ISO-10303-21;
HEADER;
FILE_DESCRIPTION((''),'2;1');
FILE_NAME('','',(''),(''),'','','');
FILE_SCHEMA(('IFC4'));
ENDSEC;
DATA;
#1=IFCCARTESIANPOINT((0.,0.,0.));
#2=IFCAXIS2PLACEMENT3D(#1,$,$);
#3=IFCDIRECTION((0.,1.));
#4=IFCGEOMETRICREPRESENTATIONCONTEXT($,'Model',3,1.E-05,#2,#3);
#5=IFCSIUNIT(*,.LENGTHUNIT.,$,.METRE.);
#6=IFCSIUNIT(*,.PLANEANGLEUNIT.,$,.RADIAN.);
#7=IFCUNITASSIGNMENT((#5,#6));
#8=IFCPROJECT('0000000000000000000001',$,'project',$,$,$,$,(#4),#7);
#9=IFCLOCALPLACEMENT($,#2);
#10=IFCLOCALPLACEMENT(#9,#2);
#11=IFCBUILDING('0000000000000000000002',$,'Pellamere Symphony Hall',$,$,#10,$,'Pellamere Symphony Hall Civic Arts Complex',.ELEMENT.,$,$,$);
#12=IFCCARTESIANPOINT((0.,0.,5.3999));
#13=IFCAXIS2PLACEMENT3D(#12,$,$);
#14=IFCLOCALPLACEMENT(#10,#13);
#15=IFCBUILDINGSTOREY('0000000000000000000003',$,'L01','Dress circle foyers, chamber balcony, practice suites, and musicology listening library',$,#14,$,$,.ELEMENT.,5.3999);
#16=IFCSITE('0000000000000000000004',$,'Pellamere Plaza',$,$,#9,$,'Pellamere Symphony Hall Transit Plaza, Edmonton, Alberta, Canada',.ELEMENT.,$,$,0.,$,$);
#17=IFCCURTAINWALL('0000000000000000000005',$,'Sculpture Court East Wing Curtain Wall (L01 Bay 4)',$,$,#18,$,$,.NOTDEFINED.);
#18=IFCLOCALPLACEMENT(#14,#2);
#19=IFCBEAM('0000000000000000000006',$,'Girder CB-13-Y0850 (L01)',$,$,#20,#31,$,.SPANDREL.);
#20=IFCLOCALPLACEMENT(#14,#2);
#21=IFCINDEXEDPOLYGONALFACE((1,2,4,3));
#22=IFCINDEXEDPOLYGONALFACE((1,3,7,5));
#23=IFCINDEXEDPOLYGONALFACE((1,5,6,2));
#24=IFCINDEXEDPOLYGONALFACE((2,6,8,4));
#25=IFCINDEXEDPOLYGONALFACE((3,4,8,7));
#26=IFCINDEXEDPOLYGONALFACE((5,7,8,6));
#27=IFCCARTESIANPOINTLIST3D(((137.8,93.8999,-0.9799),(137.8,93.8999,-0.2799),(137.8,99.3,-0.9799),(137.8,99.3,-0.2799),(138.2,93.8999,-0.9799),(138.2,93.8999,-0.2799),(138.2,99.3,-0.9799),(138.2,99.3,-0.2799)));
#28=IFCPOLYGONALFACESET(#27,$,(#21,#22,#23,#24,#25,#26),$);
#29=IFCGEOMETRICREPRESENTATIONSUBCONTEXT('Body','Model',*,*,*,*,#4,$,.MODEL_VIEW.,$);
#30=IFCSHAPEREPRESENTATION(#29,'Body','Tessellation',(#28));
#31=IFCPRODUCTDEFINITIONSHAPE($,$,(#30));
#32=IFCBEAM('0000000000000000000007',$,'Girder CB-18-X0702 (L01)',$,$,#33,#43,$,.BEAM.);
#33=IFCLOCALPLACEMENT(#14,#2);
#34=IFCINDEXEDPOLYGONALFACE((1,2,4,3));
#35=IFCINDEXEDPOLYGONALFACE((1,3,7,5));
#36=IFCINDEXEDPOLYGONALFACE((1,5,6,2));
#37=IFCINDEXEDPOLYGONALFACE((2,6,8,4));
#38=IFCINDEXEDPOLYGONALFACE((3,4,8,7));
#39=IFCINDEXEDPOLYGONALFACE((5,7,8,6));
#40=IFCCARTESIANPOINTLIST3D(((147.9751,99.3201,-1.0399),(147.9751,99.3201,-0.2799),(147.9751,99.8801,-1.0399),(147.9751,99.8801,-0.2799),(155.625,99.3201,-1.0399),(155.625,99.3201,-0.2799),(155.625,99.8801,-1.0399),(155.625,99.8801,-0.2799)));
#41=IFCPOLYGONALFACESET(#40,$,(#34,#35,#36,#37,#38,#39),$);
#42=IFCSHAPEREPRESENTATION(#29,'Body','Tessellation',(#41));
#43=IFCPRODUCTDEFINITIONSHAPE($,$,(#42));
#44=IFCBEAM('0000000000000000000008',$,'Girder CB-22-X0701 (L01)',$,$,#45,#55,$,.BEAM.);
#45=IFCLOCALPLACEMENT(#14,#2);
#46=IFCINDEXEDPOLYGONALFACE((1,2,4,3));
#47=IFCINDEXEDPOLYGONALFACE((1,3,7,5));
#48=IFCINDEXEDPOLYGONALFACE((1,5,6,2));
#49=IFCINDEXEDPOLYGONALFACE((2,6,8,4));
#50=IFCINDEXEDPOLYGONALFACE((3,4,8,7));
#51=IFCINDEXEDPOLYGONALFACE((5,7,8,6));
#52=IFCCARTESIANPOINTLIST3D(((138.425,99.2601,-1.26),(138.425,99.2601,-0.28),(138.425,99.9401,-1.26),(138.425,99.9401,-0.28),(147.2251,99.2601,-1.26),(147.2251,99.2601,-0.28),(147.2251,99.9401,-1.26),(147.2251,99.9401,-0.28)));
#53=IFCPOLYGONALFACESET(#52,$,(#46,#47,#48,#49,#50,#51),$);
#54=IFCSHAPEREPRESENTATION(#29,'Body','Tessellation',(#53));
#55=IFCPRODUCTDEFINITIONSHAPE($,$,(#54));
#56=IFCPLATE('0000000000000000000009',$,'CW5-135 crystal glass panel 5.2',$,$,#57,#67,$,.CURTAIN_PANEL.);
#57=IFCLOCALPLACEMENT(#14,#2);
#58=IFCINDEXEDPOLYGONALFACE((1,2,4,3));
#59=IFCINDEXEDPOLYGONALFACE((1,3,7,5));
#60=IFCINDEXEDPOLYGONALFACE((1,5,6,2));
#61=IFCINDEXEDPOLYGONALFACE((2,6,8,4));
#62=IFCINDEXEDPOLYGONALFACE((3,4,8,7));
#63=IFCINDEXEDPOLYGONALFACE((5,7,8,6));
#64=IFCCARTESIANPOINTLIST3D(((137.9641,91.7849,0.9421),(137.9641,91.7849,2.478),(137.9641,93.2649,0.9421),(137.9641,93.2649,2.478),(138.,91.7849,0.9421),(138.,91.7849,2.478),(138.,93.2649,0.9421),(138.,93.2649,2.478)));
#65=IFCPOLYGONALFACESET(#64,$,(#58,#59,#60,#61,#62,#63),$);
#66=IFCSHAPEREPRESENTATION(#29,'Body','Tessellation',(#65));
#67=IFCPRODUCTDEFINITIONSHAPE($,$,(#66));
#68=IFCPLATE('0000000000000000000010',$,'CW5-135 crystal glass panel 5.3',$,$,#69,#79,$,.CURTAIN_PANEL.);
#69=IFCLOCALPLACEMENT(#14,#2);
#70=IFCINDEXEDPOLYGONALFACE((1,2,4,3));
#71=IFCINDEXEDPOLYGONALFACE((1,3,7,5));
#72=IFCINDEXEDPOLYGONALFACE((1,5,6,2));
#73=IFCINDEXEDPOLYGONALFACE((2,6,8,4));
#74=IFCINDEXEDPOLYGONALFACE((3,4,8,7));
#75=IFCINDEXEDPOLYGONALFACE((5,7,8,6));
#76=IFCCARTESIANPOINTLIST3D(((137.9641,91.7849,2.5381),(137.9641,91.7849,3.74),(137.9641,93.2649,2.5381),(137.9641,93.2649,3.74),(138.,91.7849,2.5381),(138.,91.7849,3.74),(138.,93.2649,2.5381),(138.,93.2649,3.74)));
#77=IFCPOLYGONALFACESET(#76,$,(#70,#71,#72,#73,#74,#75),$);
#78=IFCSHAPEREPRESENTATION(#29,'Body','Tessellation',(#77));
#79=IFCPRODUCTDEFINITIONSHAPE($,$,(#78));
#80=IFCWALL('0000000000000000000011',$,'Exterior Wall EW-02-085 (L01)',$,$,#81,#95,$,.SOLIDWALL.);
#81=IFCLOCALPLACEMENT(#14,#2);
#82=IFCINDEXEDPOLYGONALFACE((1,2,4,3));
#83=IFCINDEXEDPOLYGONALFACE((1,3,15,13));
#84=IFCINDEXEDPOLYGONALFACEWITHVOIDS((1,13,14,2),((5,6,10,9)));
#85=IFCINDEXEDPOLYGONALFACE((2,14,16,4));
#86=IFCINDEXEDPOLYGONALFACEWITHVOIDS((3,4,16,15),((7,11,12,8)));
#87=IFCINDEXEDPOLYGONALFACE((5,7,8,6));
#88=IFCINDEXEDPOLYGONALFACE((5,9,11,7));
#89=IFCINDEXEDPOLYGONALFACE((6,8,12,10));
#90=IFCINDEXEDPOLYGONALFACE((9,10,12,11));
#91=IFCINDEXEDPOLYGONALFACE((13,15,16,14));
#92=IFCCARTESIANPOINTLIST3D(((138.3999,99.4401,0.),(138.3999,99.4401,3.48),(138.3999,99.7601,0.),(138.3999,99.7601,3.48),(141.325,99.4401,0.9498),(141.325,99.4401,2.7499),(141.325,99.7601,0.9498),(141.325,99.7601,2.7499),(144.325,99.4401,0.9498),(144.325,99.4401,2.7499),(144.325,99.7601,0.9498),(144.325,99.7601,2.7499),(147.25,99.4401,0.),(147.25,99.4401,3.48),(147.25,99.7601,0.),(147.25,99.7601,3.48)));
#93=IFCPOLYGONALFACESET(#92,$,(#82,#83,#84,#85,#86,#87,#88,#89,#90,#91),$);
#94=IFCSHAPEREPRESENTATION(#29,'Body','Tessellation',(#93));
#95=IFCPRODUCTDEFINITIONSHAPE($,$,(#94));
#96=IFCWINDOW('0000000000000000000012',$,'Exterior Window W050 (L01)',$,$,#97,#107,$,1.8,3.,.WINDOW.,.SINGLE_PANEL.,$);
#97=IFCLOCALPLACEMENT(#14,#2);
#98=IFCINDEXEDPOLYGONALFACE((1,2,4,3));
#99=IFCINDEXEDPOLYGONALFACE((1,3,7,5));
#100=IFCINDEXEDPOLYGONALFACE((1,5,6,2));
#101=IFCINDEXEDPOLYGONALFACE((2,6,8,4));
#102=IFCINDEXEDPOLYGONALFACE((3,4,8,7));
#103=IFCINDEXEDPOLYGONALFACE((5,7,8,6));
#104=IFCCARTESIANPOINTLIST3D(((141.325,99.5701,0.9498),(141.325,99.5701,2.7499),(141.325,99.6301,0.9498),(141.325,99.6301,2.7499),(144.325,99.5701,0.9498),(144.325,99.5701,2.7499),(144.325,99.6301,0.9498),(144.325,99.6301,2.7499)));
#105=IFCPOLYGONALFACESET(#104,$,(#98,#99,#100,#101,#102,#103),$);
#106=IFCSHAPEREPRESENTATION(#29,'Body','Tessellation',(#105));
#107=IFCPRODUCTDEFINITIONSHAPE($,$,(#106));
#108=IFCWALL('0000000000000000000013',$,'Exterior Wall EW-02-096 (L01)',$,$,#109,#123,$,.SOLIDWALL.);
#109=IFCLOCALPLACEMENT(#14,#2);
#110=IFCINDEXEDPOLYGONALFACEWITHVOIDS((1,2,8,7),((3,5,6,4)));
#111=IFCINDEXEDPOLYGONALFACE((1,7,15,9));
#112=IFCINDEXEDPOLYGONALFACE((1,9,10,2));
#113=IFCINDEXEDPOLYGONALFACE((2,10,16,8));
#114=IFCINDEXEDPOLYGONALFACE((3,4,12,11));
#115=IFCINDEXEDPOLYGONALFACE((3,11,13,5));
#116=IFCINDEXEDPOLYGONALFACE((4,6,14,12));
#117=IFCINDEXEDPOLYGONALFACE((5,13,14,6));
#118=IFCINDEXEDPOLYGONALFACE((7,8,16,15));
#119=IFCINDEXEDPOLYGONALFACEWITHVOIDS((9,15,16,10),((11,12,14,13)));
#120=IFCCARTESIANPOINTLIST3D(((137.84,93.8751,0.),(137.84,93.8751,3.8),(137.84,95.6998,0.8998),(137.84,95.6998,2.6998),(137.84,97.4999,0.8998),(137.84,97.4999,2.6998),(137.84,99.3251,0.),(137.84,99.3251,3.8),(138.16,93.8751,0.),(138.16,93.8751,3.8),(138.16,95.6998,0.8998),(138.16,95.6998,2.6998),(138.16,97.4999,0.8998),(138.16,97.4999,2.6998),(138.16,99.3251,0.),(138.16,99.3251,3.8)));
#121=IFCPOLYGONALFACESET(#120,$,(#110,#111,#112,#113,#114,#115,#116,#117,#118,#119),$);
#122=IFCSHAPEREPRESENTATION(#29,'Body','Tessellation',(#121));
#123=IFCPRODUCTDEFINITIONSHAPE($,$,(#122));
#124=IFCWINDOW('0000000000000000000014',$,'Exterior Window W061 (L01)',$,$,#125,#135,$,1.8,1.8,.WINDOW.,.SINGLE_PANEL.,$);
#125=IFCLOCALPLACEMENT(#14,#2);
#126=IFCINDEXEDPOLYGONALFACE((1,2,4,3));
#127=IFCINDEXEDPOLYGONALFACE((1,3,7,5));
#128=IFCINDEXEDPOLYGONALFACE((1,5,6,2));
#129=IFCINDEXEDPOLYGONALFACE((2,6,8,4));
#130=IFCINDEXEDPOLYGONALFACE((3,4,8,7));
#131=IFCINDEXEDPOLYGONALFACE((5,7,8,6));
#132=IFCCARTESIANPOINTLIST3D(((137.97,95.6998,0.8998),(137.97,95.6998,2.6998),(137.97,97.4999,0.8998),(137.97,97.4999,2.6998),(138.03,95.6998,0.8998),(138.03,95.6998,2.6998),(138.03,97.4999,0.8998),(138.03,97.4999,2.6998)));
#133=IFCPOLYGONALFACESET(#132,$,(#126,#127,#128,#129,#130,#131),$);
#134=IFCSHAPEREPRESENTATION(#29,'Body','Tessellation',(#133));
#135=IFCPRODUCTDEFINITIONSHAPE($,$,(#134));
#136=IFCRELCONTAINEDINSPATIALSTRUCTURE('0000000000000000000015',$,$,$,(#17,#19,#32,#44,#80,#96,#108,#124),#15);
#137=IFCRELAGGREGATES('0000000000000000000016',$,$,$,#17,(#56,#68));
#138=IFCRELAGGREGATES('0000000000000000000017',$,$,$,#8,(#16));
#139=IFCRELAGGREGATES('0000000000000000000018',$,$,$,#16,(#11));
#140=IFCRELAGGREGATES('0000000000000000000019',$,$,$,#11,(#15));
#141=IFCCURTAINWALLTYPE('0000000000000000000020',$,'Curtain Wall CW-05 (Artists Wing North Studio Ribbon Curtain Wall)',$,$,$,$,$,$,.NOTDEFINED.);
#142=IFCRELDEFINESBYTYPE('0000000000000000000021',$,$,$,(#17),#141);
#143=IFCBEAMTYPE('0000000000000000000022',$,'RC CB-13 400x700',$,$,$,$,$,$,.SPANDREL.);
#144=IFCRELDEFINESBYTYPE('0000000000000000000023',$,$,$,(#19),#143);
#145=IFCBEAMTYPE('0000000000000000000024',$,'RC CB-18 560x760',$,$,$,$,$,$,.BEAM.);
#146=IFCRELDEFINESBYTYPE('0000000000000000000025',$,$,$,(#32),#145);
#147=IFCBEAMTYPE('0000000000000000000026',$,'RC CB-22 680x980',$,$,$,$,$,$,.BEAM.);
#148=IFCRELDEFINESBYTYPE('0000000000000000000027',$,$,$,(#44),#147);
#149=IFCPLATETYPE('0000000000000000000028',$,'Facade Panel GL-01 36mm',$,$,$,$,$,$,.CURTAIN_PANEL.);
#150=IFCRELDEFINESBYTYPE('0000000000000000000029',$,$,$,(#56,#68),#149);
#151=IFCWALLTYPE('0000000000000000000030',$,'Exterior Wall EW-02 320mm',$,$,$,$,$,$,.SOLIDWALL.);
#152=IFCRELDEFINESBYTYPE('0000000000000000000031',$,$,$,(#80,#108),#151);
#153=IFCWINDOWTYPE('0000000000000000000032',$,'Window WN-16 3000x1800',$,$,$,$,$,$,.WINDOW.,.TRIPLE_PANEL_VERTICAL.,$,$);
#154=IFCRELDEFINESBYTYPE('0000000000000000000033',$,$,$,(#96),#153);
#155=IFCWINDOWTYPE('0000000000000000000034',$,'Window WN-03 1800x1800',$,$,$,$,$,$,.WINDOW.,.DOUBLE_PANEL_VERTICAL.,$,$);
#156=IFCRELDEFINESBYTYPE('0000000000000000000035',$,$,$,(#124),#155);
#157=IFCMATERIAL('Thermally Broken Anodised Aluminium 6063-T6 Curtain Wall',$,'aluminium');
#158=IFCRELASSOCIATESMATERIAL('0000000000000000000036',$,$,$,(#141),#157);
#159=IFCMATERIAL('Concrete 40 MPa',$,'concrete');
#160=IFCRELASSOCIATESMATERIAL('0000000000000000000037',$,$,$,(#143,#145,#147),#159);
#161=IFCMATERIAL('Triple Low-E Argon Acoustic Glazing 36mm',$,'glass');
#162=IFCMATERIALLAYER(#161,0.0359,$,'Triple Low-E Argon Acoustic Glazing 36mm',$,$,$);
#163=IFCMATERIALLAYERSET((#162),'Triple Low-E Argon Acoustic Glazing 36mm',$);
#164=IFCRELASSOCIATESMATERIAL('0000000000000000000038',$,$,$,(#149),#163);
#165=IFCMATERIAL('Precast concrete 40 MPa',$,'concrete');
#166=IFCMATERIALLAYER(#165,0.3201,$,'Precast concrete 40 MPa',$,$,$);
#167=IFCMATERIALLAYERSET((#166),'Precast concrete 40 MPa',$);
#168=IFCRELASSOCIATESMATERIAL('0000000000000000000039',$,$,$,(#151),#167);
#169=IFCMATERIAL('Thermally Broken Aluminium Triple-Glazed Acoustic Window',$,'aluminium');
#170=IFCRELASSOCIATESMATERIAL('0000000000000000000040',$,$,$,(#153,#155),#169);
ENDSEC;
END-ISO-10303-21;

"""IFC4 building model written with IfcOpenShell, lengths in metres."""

from ifc_helpers import new_model, si_unit, direction, frame, frame_2d, origin, origin_2d, place, context, subcontext, project, spatial, polyline, rectangle, outline, extrude, material, layer, layer_set, material_profile, profile_set, type_object, element, fill, aggregate, save


model = new_model("IFC4")

# Units and contexts
model_context = context("Model", 3, precision=1e-05, world=origin(), true_north=direction((0.0, 1.0)))
body_context = subcontext(model_context, "Body", "Model", "MODEL_VIEW")
ifc_project = project(units=[si_unit("LENGTHUNIT", "METRE"), si_unit("PLANEANGLEUNIT", "RADIAN")], contexts=[model_context])

# Site, building, storey
site_placement = place(None, origin())
site = spatial("IfcSite", under=ifc_project, at=site_placement, Name="Pellamere Plaza", LongName="Pellamere Symphony Hall Transit Plaza, Edmonton, Alberta, Canada", CompositionType="ELEMENT", RefElevation=0.0)
building_placement = place(site_placement, origin())
building = spatial("IfcBuilding", under=site, at=building_placement, Name="Pellamere Symphony Hall", LongName="Pellamere Symphony Hall Civic Arts Complex", CompositionType="ELEMENT")
storey_placement = place(building_placement, frame((0.0, 0.0, 5.3999)))
storey = spatial("IfcBuildingStorey", under=building, at=storey_placement, Name="L01", Description="Dress circle foyers, chamber balcony, practice suites, and musicology listening library", CompositionType="ELEMENT", Elevation=5.3999)

# Shared definitions
ifc_material_1 = material(Name="Concrete 40 MPa", Category="concrete")

# Curtain wall
ifc_material_2 = material(Name="Thermally Broken Anodised Aluminium 6063-T6 Curtain Wall", Category="aluminium")
curtain_wall_type = type_object("IfcCurtainWallType", Name="Curtain Wall CW-05 (Artists Wing North Studio Ribbon Curtain Wall)", PredefinedType="NOTDEFINED", material=ifc_material_2)
curtain_wall_1_placement = place(storey_placement, origin())
curtain_wall_1 = element("IfcCurtainWall", 1, at=curtain_wall_1_placement, inside=storey, type_object=curtain_wall_type, Name="Sculpture Court East Wing Curtain Wall (L01 Bay 4)", PredefinedType="NOTDEFINED")

# Beams
ifc_material_profile_1 = material_profile(ifc_material_1, rectangle(XDim=0.3999, YDim=0.7, at=origin_2d()), Name="RC 400x700")
ifc_profile_set_1 = profile_set([ifc_material_profile_1], Name="Concrete 40 MPa")
beam_type_1 = type_object("IfcBeamType", Name="RC CB-13 400x700", PredefinedType="SPANDREL", material=ifc_profile_set_1)
beam_1_placement = place(storey_placement, frame((138.0, 93.8999, -0.6299), z_axis=(0.0, 1.0, 0.0), x_axis=(-1.0, 0.0, 0.0)))
element("IfcBeam", 2, at=beam_1_placement, inside=storey, type_object=beam_type_1, Name="Girder CB-13-Y0850 (L01)", PredefinedType="SPANDREL", context=body_context, shape_type="SweptSolid", body=[
    extrude(rectangle(XDim=0.3999, YDim=0.7, at=origin_2d()), origin(), (0.0, 0.0, 1.0), 5.4001),
])
ifc_material_profile_2 = material_profile(ifc_material_1, rectangle(XDim=0.5601, YDim=0.76, at=origin_2d()), Name="RC 560x760")
ifc_profile_set_2 = profile_set([ifc_material_profile_2], Name="Concrete 40 MPa")
beam_type_2 = type_object("IfcBeamType", Name="RC CB-18 560x760", PredefinedType="BEAM", material=ifc_profile_set_2)
beam_2_placement = place(storey_placement, frame((147.9751, 99.6001, -0.6599), z_axis=(1.0, 0.0, 0.0), x_axis=(0.0, 1.0, 0.0)))
element("IfcBeam", 3, at=beam_2_placement, inside=storey, type_object=beam_type_2, Name="Girder CB-18-X0702 (L01)", PredefinedType="BEAM", context=body_context, shape_type="SweptSolid", body=[
    extrude(rectangle(XDim=0.5601, YDim=0.76, at=origin_2d()), origin(), (0.0, 0.0, 1.0), 7.6499),
])
ifc_material_profile_3 = material_profile(ifc_material_1, rectangle(XDim=0.6799, YDim=0.98, at=origin_2d()), Name="RC 680x980")
ifc_profile_set_3 = profile_set([ifc_material_profile_3], Name="Concrete 40 MPa")
beam_type_3 = type_object("IfcBeamType", Name="RC CB-22 680x980", PredefinedType="BEAM", material=ifc_profile_set_3)
beam_3_placement = place(storey_placement, frame((138.425, 99.6001, -0.77), z_axis=(1.0, 0.0, 0.0), x_axis=(0.0, 1.0, 0.0)))
element("IfcBeam", 4, at=beam_3_placement, inside=storey, type_object=beam_type_3, Name="Girder CB-22-X0701 (L01)", PredefinedType="BEAM", context=body_context, shape_type="SweptSolid", body=[
    extrude(rectangle(XDim=0.6799, YDim=0.98, at=origin_2d()), origin(), (0.0, 0.0, 1.0), 8.8),
])

# Plates
ifc_material_3 = material(Name="Triple Low-E Argon Acoustic Glazing 36mm", Category="glass")
ifc_layer_1 = layer(ifc_material_3, 0.0359, Name="Triple Low-E Argon Acoustic Glazing 36mm")
ifc_layer_set_1 = layer_set([ifc_layer_1], Name="Triple Low-E Argon Acoustic Glazing 36mm")
plate_type = type_object("IfcPlateType", Name="Facade Panel GL-01 36mm", PredefinedType="CURTAIN_PANEL", material=ifc_layer_set_1)
plate_1_placement = place(storey_placement, frame((138.0, 91.7849, 0.9421), z_axis=(1.0, 0.0, 0.0), x_axis=(0.0, 1.0, 0.0)))
plate_1 = element("IfcPlate", 5, at=plate_1_placement, type_object=plate_type, Name="CW5-135 crystal glass panel 5.2", PredefinedType="CURTAIN_PANEL", context=body_context, shape_type="SweptSolid", body=[
    extrude(outline(polyline([(0.0, 0.0), (1.48, 0.0), (1.48, 1.5359), (0.0, 1.5359), (0.0, 0.0)])), origin(), (0.0, 0.0, -1.0), 0.0359),
])
plate_2_placement = place(storey_placement, frame((138.0, 91.7849, 2.5381), z_axis=(1.0, 0.0, 0.0), x_axis=(0.0, 1.0, 0.0)))
plate_2 = element("IfcPlate", 6, at=plate_2_placement, type_object=plate_type, Name="CW5-135 crystal glass panel 5.3", PredefinedType="CURTAIN_PANEL", context=body_context, shape_type="SweptSolid", body=[
    extrude(outline(polyline([(0.0, 0.0), (1.48, 0.0), (1.48, 1.2019), (0.0, 1.2019), (0.0, 0.0)])), origin(), (0.0, 0.0, -1.0), 0.0359),
])
aggregate(curtain_wall_1, [plate_1, plate_2])

# Walls, openings, windows
ifc_material_4 = material(Name="Precast concrete 40 MPa", Category="concrete")
ifc_layer_2 = layer(ifc_material_4, 0.3201, Name="Precast concrete 40 MPa")
ifc_layer_set_2 = layer_set([ifc_layer_2], Name="Precast concrete 40 MPa")
wall_type = type_object("IfcWallType", Name="Exterior Wall EW-02 320mm", PredefinedType="SOLIDWALL", material=ifc_layer_set_2)
wall_1_placement = place(storey_placement, frame((138.3999, 99.6001, 0.0), z_axis=(0.0, 0.0, 1.0), x_axis=(1.0, 0.0, 0.0)))
wall_1 = element("IfcWall", 7, at=wall_1_placement, inside=storey, type_object=wall_type, Name="Exterior Wall EW-02-085 (L01)", PredefinedType="SOLIDWALL", context=body_context, shape_type="SweptSolid", body=[
    extrude(rectangle(XDim=8.8501, YDim=0.3201, at=frame_2d((4.425, 0.0))), origin(), (0.0, 0.0, 1.0), 3.48),
])
opening_1_placement = place(wall_1_placement, frame((2.925, 0.0, 0.95)))
opening_1 = element("IfcOpeningElement", 8, at=opening_1_placement, cuts=wall_1, PredefinedType="OPENING", context=body_context, shape_type="SweptSolid", body=[
    extrude(rectangle(XDim=3.0, YDim=1.8, at=frame_2d((1.5, 0.8999))), frame((0.0, 0.1699, 0.0), z_axis=(0.0, -1.0, 0.0), x_axis=(1.0, 0.0, 0.0)), (0.0, 0.0, 1.0), 0.3401),
])
ifc_material_5 = material(Name="Thermally Broken Aluminium Triple-Glazed Acoustic Window", Category="aluminium")
window_type_1 = type_object("IfcWindowType", Name="Window WN-16 3000x1800", PartitioningType="TRIPLE_PANEL_VERTICAL", PredefinedType="WINDOW", material=ifc_material_5)
window_1_placement = place(opening_1_placement, origin())
window_1 = element("IfcWindow", 9, at=window_1_placement, inside=storey, type_object=window_type_1, Name="Exterior Window W050 (L01)", OverallHeight=1.8, OverallWidth=3.0, PartitioningType="SINGLE_PANEL", PredefinedType="WINDOW", context=body_context, shape_type="SweptSolid", body=[
    extrude(rectangle(XDim=3.0, YDim=1.8, at=frame_2d((1.5, 0.8999))), frame((0.0, 0.03, 0.0), z_axis=(0.0, -1.0, 0.0), x_axis=(1.0, 0.0, 0.0)), (0.0, 0.0, 1.0), 0.0601),
])
fill(opening_1, window_1)
wall_2_placement = place(storey_placement, frame((138.0, 93.875, 0.0), z_axis=(0.0, 0.0, 1.0), x_axis=(0.0, 1.0, 0.0)))
wall_2 = element("IfcWall", 10, at=wall_2_placement, inside=storey, type_object=wall_type, Name="Exterior Wall EW-02-096 (L01)", PredefinedType="SOLIDWALL", context=body_context, shape_type="SweptSolid", body=[
    extrude(rectangle(XDim=5.45, YDim=0.3201, at=frame_2d((2.7251, 0.0))), origin(), (0.0, 0.0, 1.0), 3.8),
])
opening_2_placement = place(wall_2_placement, frame((1.825, 0.0, 0.8999)))
opening_2 = element("IfcOpeningElement", 11, at=opening_2_placement, cuts=wall_2, PredefinedType="OPENING", context=body_context, shape_type="SweptSolid", body=[
    extrude(rectangle(XDim=1.8, YDim=1.8, at=frame_2d((0.8999, 0.8999))), frame((0.0, 0.1699, 0.0), z_axis=(0.0, -1.0, 0.0), x_axis=(1.0, 0.0, 0.0)), (0.0, 0.0, 1.0), 0.3401),
])
window_type_2 = type_object("IfcWindowType", Name="Window WN-03 1800x1800", PartitioningType="DOUBLE_PANEL_VERTICAL", PredefinedType="WINDOW", material=ifc_material_5)
window_2_placement = place(opening_2_placement, origin())
window_2 = element("IfcWindow", 12, at=window_2_placement, inside=storey, type_object=window_type_2, Name="Exterior Window W061 (L01)", OverallHeight=1.8, OverallWidth=1.8, PartitioningType="SINGLE_PANEL", PredefinedType="WINDOW", context=body_context, shape_type="SweptSolid", body=[
    extrude(rectangle(XDim=1.8, YDim=1.8, at=frame_2d((0.8999, 0.8999))), frame((0.0, 0.03, 0.0), z_axis=(0.0, -1.0, 0.0), x_axis=(1.0, 0.0, 0.0)), (0.0, 0.0, 1.0), 0.0601),
])
fill(opening_2, window_2)

save(model, "model.ifc")
